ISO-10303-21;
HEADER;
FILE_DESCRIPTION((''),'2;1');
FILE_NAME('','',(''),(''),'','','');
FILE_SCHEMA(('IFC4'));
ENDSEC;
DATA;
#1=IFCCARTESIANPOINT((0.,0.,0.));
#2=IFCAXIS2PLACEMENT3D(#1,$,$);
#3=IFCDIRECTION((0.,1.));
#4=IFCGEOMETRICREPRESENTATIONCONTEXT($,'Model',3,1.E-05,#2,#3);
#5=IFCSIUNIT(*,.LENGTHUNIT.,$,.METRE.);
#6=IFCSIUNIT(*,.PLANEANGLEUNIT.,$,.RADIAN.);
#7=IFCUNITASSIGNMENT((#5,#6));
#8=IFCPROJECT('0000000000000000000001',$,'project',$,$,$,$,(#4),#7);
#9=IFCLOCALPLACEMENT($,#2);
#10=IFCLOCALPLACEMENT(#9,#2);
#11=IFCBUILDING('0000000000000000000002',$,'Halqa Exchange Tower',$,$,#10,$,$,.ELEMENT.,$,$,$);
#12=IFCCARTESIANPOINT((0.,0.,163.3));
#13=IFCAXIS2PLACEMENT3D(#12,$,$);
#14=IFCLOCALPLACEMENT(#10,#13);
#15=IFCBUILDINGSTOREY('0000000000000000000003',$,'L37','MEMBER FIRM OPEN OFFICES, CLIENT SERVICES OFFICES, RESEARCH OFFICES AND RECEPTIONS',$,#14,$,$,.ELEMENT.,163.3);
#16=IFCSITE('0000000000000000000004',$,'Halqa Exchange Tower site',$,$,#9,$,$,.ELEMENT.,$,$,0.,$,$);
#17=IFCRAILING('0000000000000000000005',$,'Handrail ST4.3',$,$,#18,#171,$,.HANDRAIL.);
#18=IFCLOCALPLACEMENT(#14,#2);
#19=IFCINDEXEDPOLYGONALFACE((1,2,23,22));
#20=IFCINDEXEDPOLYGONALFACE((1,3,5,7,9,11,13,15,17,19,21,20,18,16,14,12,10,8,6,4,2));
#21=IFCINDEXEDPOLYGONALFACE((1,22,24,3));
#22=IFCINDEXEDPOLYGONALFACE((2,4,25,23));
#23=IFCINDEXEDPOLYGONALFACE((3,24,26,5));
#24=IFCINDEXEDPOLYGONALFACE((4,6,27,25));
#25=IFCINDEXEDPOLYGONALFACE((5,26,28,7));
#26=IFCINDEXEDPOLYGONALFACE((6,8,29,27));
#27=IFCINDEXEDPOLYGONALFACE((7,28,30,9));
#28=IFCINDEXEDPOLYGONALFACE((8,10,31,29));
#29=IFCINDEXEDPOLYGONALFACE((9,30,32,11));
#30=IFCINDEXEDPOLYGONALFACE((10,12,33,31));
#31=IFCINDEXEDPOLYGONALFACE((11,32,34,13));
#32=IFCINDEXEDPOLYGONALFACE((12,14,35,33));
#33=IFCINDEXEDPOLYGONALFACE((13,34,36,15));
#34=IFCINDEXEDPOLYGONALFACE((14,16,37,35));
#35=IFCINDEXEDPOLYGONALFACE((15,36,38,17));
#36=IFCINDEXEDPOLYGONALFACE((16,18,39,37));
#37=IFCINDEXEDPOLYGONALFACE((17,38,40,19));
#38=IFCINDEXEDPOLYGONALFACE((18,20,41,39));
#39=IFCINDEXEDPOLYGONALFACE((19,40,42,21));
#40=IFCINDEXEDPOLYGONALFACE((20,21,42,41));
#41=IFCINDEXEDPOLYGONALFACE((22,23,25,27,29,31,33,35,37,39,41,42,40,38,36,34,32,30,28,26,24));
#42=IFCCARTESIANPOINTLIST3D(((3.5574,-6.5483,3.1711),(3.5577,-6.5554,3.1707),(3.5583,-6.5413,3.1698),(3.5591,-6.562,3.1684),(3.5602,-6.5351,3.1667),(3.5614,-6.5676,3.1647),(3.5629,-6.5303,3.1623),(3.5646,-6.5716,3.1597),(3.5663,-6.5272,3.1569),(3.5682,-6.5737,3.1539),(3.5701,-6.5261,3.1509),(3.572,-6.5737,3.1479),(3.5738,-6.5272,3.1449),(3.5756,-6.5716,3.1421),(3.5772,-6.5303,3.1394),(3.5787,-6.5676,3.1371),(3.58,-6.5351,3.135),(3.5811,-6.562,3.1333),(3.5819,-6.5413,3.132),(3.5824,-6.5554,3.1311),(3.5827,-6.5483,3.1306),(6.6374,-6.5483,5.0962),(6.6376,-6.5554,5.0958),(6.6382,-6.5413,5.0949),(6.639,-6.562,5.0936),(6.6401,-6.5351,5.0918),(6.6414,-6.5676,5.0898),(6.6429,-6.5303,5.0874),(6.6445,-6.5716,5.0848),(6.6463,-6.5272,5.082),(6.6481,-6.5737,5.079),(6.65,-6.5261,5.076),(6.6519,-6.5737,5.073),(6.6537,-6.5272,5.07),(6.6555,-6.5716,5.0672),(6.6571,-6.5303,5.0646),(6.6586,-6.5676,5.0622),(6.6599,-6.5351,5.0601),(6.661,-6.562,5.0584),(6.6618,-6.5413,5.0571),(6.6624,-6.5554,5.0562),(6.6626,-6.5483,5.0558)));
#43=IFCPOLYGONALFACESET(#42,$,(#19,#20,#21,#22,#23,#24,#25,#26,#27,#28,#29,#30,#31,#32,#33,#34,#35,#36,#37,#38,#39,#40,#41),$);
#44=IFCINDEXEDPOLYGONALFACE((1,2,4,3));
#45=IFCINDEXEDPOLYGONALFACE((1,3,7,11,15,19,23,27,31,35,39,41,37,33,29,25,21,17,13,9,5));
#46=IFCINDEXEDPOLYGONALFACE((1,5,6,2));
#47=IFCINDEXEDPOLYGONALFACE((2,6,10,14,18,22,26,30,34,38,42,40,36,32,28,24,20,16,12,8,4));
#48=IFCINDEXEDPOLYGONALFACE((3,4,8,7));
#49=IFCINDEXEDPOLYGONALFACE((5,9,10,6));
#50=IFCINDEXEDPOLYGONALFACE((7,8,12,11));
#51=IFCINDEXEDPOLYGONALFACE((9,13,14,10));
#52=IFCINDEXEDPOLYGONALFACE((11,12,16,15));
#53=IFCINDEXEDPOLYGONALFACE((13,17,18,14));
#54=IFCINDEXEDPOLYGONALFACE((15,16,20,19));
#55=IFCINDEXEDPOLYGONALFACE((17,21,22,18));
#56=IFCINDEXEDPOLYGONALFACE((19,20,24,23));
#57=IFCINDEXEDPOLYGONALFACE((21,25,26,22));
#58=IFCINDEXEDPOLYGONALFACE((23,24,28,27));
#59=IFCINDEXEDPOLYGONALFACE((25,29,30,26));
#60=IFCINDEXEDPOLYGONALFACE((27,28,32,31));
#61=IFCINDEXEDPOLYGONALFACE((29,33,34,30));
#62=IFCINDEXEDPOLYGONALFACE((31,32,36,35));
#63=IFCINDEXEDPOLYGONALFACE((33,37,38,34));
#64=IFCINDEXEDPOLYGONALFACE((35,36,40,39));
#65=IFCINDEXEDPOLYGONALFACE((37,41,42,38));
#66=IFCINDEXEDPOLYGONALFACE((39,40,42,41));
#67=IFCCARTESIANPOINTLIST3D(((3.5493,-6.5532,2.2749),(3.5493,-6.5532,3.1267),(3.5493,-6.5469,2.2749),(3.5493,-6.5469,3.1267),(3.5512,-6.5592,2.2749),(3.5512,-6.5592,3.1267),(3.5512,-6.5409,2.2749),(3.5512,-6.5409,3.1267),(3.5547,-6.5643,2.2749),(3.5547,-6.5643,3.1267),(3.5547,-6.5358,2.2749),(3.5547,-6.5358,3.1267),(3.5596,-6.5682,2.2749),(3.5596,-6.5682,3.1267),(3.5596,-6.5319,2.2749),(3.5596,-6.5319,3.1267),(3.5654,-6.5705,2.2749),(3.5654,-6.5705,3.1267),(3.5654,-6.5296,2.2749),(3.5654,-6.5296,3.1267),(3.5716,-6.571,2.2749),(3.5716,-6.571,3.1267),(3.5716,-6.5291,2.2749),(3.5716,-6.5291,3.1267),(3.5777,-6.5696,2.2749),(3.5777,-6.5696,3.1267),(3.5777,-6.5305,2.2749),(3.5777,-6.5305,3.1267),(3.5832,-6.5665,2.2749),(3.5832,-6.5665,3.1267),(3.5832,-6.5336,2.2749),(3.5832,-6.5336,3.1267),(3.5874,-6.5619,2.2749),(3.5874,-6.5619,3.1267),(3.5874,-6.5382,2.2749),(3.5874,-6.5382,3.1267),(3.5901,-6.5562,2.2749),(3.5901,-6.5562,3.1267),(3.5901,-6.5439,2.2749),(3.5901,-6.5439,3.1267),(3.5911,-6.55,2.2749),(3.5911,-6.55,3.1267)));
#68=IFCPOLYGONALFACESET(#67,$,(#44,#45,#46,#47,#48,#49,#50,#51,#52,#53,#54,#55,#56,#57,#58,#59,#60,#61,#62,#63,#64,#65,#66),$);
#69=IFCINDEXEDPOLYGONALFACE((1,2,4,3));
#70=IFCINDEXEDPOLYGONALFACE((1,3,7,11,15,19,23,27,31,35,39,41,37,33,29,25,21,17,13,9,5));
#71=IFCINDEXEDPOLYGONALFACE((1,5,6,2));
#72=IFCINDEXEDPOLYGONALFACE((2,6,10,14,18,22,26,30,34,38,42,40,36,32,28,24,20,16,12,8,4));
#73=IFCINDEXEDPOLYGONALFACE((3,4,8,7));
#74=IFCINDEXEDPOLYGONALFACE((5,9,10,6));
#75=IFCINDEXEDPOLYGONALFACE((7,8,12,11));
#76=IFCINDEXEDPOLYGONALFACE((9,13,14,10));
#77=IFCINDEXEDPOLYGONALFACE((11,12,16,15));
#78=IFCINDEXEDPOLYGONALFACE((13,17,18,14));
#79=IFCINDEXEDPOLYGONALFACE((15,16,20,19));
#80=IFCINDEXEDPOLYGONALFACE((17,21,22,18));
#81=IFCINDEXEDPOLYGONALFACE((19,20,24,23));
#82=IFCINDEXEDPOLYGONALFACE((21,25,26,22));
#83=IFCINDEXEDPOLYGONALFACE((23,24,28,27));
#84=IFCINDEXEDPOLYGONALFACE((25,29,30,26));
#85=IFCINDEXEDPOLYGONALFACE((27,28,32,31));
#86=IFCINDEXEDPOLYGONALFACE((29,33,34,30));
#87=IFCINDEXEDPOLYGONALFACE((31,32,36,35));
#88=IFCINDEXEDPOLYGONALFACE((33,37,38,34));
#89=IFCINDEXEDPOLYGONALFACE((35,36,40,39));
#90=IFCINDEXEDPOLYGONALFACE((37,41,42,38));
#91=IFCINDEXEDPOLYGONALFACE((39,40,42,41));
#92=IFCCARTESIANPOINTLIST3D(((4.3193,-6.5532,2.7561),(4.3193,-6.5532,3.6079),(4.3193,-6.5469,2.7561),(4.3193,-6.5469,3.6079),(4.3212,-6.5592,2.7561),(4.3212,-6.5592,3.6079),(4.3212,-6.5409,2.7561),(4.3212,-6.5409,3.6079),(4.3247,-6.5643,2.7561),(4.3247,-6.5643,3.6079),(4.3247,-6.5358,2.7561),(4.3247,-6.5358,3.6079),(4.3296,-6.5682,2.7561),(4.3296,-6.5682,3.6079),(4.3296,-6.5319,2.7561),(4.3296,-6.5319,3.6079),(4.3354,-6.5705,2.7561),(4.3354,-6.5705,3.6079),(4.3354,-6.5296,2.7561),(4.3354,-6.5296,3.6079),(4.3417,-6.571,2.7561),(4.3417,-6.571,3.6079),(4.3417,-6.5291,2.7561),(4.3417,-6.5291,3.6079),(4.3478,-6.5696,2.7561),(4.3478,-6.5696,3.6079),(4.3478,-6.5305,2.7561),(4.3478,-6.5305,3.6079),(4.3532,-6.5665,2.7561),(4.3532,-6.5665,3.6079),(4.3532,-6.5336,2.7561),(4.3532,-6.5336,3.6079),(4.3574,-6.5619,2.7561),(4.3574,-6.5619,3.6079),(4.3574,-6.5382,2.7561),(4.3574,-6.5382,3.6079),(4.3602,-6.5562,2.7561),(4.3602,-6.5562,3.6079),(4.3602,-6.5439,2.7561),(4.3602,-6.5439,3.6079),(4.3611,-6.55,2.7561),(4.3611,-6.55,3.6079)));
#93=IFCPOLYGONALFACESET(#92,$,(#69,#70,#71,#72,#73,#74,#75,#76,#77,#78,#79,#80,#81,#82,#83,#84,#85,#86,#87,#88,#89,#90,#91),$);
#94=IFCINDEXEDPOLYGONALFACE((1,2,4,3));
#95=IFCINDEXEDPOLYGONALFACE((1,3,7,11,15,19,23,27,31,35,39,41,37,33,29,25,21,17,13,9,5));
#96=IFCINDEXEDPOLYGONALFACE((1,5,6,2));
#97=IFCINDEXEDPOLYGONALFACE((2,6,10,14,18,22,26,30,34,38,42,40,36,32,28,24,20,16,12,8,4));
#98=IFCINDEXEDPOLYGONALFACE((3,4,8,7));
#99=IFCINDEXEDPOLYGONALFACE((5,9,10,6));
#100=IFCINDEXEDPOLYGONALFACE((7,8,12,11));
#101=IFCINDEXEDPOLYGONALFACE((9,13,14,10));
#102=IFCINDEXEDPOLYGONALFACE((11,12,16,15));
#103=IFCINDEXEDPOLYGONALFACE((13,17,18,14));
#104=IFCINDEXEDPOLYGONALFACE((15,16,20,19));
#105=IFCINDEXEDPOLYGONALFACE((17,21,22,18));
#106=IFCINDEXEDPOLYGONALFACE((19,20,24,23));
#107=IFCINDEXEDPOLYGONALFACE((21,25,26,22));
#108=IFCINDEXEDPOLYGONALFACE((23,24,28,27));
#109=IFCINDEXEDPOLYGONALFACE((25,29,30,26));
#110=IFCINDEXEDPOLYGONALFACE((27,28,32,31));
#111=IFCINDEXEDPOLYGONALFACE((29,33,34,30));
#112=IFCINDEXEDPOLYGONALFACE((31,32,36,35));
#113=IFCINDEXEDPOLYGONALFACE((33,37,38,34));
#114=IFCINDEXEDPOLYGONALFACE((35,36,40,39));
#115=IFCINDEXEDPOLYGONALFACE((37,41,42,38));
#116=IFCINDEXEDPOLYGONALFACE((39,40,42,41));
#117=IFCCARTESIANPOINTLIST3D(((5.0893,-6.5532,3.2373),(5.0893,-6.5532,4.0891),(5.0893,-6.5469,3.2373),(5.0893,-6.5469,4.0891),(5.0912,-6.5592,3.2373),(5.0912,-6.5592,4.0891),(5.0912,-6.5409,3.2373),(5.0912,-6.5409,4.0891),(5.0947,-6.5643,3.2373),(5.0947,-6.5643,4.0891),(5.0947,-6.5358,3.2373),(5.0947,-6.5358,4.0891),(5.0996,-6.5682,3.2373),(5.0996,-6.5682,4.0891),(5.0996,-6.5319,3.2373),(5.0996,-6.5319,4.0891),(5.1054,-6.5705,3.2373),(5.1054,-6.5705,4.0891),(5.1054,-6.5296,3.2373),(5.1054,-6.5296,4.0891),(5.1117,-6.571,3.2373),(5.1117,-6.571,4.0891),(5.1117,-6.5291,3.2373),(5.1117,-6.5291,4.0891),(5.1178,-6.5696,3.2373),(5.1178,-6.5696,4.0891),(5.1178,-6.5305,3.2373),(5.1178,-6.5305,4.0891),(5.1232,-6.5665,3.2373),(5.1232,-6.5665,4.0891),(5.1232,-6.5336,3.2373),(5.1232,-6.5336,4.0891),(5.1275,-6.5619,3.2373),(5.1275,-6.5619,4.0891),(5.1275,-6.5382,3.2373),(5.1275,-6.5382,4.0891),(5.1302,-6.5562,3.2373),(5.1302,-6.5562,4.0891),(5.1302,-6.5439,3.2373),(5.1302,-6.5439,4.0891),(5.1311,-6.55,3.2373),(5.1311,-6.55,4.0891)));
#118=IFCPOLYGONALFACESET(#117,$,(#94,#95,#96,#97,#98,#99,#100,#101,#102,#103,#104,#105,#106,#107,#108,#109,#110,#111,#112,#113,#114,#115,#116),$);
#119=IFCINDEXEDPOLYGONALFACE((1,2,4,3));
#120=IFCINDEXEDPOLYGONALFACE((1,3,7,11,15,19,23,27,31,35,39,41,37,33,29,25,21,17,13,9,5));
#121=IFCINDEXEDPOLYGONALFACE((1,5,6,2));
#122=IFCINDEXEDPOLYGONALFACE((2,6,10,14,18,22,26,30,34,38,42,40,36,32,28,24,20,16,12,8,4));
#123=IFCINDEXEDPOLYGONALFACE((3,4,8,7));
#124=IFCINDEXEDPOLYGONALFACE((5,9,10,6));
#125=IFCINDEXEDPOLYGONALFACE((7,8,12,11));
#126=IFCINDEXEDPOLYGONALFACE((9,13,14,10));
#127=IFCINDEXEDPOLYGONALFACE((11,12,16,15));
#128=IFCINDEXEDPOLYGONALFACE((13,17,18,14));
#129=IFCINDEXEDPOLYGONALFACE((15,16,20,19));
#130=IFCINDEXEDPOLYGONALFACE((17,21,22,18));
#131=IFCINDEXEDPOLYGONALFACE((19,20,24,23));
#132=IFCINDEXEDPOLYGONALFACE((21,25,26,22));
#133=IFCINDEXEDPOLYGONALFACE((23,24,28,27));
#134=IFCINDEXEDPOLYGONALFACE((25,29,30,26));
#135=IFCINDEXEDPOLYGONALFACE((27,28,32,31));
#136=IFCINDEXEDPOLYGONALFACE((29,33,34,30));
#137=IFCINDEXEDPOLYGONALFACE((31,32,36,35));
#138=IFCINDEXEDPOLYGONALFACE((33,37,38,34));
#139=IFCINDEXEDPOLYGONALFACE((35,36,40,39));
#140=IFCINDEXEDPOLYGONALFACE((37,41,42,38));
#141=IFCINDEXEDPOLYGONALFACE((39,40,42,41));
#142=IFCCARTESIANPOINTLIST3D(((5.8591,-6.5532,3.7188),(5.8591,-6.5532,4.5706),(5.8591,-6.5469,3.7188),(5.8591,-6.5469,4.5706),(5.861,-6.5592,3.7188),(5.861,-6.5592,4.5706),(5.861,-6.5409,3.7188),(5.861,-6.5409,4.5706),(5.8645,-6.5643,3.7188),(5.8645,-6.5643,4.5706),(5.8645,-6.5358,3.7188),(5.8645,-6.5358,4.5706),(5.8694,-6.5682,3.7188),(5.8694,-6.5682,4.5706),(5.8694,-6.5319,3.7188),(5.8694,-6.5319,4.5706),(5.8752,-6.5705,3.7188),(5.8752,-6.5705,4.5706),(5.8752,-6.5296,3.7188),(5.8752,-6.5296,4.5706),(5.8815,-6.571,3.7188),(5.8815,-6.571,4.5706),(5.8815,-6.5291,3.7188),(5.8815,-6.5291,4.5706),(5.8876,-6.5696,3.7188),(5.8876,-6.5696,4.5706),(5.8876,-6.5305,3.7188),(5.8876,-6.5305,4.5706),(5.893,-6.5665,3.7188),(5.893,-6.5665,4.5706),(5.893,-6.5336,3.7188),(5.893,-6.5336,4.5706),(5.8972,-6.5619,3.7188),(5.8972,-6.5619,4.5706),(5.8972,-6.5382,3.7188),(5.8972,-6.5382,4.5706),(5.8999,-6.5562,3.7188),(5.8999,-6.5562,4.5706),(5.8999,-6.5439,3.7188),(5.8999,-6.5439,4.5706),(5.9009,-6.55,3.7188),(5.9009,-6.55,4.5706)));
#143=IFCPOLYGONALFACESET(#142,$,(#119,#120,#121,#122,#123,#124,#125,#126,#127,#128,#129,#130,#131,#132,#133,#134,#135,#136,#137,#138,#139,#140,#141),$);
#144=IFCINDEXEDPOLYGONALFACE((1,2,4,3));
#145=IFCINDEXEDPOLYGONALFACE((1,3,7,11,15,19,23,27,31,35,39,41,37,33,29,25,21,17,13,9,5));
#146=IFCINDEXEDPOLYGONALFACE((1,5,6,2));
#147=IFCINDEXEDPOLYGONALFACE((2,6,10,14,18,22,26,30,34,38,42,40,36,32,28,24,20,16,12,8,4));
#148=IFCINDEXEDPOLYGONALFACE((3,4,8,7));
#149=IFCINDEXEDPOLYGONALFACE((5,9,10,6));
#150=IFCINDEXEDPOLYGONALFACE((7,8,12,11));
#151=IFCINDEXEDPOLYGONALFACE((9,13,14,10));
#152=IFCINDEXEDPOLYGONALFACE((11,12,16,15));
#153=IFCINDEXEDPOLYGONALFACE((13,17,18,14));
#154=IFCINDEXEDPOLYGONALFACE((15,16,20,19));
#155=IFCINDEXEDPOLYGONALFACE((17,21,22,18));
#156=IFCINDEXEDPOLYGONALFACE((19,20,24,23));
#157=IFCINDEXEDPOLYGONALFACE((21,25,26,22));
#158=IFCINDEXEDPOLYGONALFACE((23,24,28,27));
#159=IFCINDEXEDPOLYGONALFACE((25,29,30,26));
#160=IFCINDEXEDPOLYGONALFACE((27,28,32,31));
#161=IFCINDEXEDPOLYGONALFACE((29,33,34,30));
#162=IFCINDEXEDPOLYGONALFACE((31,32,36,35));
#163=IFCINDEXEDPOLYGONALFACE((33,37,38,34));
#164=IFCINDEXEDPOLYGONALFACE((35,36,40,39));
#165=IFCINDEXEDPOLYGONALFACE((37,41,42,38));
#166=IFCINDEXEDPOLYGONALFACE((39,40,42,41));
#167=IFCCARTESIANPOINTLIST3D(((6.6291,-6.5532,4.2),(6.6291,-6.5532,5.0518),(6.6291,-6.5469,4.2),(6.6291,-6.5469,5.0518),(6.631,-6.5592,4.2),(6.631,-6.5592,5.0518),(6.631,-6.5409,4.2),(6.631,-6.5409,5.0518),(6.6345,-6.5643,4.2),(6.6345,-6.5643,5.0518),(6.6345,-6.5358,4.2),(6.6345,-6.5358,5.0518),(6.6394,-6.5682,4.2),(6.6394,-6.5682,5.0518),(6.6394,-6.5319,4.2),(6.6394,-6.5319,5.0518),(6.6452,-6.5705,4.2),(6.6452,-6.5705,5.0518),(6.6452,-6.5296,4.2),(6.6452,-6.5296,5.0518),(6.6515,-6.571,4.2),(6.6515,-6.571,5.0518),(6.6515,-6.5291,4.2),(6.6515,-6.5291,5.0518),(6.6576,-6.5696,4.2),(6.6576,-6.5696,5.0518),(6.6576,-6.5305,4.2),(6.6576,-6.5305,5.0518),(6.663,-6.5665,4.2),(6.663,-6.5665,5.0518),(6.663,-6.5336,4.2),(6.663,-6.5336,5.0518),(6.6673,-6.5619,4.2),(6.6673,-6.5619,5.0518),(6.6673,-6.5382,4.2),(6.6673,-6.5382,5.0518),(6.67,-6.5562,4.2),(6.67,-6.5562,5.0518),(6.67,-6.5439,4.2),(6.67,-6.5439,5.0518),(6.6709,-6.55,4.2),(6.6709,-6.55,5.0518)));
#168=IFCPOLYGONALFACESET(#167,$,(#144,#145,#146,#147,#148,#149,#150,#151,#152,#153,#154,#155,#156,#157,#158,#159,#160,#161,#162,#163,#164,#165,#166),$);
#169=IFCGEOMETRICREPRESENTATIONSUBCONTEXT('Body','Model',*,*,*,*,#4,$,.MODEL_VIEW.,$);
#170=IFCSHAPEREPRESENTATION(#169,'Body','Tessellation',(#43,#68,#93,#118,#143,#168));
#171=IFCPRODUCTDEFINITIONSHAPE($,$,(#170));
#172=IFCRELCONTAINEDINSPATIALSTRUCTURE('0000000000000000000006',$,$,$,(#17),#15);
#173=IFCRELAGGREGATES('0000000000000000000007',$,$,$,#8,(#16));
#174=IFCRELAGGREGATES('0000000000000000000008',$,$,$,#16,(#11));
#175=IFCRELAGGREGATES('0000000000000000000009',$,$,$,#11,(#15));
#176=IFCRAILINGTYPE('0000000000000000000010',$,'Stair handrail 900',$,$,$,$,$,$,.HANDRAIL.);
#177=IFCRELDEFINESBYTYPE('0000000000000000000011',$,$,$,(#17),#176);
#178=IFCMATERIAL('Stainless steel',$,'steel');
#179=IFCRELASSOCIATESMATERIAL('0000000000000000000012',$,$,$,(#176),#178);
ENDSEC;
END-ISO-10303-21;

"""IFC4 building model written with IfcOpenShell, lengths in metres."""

from ifc_helpers import new_model, si_unit, direction, frame, origin, origin_2d, place, context, subcontext, project, spatial, circle, extrude, material, type_object, element, save


model = new_model("IFC4")

# Units and contexts
model_context = context("Model", 3, precision=1e-05, world=origin(), true_north=direction((0.0, 1.0)))
body_context = subcontext(model_context, "Body", "Model", "MODEL_VIEW")
ifc_project = project(units=[si_unit("LENGTHUNIT", "METRE"), si_unit("PLANEANGLEUNIT", "RADIAN")], contexts=[model_context])

# Site, building, storey
site_placement = place(None, origin())
site = spatial("IfcSite", under=ifc_project, at=site_placement, Name="Halqa Exchange Tower site", CompositionType="ELEMENT", RefElevation=0.0)
building_placement = place(site_placement, origin())
building = spatial("IfcBuilding", under=site, at=building_placement, Name="Halqa Exchange Tower", CompositionType="ELEMENT")
storey_placement = place(building_placement, frame((0.0, 0.0, 163.3)))
storey = spatial("IfcBuildingStorey", under=building, at=storey_placement, Name="L37", Description="MEMBER FIRM OPEN OFFICES, CLIENT SERVICES OFFICES, RESEARCH OFFICES AND RECEPTIONS", CompositionType="ELEMENT", Elevation=163.3)

# Railing
ifc_material_1 = material(Name="Stainless steel", Category="steel")
railing_type_1 = type_object("IfcRailingType", Name="Stair handrail 900", PredefinedType="HANDRAIL", material=ifc_material_1)
railing_1_placement = place(storey_placement, frame((3.5701, -6.55, 2.2749)))
element("IfcRailing", 1, at=railing_1_placement, inside=storey, type_object=railing_type_1, Name="Handrail ST4.3", PredefinedType="HANDRAIL", context=body_context, shape_type="SweptSolid", body=[
    extrude(circle(Radius=0.0239, at=origin_2d()), frame((0.0, 0.0, 0.876), z_axis=(0.847979, 0.0, 0.530029), x_axis=(0.0, 1.0, 0.0)), (0.0, 0.0, 1.0), 3.6321),
    extrude(circle(Radius=0.021, at=origin_2d()), origin(), (0.0, 0.0, 1.0), 0.8518),
    extrude(circle(Radius=0.021, at=origin_2d()), frame((0.77, 0.0, 0.4812)), (0.0, 0.0, 1.0), 0.8518),
    extrude(circle(Radius=0.021, at=origin_2d()), frame((1.54, 0.0, 0.9624)), (0.0, 0.0, 1.0), 0.8518),
    extrude(circle(Radius=0.021, at=origin_2d()), frame((2.3098, 0.0, 1.4438)), (0.0, 0.0, 1.0), 0.8518),
    extrude(circle(Radius=0.021, at=origin_2d()), frame((3.0798, 0.0, 1.925)), (0.0, 0.0, 1.0), 0.8518),
])

save(model, "model.ifc")
